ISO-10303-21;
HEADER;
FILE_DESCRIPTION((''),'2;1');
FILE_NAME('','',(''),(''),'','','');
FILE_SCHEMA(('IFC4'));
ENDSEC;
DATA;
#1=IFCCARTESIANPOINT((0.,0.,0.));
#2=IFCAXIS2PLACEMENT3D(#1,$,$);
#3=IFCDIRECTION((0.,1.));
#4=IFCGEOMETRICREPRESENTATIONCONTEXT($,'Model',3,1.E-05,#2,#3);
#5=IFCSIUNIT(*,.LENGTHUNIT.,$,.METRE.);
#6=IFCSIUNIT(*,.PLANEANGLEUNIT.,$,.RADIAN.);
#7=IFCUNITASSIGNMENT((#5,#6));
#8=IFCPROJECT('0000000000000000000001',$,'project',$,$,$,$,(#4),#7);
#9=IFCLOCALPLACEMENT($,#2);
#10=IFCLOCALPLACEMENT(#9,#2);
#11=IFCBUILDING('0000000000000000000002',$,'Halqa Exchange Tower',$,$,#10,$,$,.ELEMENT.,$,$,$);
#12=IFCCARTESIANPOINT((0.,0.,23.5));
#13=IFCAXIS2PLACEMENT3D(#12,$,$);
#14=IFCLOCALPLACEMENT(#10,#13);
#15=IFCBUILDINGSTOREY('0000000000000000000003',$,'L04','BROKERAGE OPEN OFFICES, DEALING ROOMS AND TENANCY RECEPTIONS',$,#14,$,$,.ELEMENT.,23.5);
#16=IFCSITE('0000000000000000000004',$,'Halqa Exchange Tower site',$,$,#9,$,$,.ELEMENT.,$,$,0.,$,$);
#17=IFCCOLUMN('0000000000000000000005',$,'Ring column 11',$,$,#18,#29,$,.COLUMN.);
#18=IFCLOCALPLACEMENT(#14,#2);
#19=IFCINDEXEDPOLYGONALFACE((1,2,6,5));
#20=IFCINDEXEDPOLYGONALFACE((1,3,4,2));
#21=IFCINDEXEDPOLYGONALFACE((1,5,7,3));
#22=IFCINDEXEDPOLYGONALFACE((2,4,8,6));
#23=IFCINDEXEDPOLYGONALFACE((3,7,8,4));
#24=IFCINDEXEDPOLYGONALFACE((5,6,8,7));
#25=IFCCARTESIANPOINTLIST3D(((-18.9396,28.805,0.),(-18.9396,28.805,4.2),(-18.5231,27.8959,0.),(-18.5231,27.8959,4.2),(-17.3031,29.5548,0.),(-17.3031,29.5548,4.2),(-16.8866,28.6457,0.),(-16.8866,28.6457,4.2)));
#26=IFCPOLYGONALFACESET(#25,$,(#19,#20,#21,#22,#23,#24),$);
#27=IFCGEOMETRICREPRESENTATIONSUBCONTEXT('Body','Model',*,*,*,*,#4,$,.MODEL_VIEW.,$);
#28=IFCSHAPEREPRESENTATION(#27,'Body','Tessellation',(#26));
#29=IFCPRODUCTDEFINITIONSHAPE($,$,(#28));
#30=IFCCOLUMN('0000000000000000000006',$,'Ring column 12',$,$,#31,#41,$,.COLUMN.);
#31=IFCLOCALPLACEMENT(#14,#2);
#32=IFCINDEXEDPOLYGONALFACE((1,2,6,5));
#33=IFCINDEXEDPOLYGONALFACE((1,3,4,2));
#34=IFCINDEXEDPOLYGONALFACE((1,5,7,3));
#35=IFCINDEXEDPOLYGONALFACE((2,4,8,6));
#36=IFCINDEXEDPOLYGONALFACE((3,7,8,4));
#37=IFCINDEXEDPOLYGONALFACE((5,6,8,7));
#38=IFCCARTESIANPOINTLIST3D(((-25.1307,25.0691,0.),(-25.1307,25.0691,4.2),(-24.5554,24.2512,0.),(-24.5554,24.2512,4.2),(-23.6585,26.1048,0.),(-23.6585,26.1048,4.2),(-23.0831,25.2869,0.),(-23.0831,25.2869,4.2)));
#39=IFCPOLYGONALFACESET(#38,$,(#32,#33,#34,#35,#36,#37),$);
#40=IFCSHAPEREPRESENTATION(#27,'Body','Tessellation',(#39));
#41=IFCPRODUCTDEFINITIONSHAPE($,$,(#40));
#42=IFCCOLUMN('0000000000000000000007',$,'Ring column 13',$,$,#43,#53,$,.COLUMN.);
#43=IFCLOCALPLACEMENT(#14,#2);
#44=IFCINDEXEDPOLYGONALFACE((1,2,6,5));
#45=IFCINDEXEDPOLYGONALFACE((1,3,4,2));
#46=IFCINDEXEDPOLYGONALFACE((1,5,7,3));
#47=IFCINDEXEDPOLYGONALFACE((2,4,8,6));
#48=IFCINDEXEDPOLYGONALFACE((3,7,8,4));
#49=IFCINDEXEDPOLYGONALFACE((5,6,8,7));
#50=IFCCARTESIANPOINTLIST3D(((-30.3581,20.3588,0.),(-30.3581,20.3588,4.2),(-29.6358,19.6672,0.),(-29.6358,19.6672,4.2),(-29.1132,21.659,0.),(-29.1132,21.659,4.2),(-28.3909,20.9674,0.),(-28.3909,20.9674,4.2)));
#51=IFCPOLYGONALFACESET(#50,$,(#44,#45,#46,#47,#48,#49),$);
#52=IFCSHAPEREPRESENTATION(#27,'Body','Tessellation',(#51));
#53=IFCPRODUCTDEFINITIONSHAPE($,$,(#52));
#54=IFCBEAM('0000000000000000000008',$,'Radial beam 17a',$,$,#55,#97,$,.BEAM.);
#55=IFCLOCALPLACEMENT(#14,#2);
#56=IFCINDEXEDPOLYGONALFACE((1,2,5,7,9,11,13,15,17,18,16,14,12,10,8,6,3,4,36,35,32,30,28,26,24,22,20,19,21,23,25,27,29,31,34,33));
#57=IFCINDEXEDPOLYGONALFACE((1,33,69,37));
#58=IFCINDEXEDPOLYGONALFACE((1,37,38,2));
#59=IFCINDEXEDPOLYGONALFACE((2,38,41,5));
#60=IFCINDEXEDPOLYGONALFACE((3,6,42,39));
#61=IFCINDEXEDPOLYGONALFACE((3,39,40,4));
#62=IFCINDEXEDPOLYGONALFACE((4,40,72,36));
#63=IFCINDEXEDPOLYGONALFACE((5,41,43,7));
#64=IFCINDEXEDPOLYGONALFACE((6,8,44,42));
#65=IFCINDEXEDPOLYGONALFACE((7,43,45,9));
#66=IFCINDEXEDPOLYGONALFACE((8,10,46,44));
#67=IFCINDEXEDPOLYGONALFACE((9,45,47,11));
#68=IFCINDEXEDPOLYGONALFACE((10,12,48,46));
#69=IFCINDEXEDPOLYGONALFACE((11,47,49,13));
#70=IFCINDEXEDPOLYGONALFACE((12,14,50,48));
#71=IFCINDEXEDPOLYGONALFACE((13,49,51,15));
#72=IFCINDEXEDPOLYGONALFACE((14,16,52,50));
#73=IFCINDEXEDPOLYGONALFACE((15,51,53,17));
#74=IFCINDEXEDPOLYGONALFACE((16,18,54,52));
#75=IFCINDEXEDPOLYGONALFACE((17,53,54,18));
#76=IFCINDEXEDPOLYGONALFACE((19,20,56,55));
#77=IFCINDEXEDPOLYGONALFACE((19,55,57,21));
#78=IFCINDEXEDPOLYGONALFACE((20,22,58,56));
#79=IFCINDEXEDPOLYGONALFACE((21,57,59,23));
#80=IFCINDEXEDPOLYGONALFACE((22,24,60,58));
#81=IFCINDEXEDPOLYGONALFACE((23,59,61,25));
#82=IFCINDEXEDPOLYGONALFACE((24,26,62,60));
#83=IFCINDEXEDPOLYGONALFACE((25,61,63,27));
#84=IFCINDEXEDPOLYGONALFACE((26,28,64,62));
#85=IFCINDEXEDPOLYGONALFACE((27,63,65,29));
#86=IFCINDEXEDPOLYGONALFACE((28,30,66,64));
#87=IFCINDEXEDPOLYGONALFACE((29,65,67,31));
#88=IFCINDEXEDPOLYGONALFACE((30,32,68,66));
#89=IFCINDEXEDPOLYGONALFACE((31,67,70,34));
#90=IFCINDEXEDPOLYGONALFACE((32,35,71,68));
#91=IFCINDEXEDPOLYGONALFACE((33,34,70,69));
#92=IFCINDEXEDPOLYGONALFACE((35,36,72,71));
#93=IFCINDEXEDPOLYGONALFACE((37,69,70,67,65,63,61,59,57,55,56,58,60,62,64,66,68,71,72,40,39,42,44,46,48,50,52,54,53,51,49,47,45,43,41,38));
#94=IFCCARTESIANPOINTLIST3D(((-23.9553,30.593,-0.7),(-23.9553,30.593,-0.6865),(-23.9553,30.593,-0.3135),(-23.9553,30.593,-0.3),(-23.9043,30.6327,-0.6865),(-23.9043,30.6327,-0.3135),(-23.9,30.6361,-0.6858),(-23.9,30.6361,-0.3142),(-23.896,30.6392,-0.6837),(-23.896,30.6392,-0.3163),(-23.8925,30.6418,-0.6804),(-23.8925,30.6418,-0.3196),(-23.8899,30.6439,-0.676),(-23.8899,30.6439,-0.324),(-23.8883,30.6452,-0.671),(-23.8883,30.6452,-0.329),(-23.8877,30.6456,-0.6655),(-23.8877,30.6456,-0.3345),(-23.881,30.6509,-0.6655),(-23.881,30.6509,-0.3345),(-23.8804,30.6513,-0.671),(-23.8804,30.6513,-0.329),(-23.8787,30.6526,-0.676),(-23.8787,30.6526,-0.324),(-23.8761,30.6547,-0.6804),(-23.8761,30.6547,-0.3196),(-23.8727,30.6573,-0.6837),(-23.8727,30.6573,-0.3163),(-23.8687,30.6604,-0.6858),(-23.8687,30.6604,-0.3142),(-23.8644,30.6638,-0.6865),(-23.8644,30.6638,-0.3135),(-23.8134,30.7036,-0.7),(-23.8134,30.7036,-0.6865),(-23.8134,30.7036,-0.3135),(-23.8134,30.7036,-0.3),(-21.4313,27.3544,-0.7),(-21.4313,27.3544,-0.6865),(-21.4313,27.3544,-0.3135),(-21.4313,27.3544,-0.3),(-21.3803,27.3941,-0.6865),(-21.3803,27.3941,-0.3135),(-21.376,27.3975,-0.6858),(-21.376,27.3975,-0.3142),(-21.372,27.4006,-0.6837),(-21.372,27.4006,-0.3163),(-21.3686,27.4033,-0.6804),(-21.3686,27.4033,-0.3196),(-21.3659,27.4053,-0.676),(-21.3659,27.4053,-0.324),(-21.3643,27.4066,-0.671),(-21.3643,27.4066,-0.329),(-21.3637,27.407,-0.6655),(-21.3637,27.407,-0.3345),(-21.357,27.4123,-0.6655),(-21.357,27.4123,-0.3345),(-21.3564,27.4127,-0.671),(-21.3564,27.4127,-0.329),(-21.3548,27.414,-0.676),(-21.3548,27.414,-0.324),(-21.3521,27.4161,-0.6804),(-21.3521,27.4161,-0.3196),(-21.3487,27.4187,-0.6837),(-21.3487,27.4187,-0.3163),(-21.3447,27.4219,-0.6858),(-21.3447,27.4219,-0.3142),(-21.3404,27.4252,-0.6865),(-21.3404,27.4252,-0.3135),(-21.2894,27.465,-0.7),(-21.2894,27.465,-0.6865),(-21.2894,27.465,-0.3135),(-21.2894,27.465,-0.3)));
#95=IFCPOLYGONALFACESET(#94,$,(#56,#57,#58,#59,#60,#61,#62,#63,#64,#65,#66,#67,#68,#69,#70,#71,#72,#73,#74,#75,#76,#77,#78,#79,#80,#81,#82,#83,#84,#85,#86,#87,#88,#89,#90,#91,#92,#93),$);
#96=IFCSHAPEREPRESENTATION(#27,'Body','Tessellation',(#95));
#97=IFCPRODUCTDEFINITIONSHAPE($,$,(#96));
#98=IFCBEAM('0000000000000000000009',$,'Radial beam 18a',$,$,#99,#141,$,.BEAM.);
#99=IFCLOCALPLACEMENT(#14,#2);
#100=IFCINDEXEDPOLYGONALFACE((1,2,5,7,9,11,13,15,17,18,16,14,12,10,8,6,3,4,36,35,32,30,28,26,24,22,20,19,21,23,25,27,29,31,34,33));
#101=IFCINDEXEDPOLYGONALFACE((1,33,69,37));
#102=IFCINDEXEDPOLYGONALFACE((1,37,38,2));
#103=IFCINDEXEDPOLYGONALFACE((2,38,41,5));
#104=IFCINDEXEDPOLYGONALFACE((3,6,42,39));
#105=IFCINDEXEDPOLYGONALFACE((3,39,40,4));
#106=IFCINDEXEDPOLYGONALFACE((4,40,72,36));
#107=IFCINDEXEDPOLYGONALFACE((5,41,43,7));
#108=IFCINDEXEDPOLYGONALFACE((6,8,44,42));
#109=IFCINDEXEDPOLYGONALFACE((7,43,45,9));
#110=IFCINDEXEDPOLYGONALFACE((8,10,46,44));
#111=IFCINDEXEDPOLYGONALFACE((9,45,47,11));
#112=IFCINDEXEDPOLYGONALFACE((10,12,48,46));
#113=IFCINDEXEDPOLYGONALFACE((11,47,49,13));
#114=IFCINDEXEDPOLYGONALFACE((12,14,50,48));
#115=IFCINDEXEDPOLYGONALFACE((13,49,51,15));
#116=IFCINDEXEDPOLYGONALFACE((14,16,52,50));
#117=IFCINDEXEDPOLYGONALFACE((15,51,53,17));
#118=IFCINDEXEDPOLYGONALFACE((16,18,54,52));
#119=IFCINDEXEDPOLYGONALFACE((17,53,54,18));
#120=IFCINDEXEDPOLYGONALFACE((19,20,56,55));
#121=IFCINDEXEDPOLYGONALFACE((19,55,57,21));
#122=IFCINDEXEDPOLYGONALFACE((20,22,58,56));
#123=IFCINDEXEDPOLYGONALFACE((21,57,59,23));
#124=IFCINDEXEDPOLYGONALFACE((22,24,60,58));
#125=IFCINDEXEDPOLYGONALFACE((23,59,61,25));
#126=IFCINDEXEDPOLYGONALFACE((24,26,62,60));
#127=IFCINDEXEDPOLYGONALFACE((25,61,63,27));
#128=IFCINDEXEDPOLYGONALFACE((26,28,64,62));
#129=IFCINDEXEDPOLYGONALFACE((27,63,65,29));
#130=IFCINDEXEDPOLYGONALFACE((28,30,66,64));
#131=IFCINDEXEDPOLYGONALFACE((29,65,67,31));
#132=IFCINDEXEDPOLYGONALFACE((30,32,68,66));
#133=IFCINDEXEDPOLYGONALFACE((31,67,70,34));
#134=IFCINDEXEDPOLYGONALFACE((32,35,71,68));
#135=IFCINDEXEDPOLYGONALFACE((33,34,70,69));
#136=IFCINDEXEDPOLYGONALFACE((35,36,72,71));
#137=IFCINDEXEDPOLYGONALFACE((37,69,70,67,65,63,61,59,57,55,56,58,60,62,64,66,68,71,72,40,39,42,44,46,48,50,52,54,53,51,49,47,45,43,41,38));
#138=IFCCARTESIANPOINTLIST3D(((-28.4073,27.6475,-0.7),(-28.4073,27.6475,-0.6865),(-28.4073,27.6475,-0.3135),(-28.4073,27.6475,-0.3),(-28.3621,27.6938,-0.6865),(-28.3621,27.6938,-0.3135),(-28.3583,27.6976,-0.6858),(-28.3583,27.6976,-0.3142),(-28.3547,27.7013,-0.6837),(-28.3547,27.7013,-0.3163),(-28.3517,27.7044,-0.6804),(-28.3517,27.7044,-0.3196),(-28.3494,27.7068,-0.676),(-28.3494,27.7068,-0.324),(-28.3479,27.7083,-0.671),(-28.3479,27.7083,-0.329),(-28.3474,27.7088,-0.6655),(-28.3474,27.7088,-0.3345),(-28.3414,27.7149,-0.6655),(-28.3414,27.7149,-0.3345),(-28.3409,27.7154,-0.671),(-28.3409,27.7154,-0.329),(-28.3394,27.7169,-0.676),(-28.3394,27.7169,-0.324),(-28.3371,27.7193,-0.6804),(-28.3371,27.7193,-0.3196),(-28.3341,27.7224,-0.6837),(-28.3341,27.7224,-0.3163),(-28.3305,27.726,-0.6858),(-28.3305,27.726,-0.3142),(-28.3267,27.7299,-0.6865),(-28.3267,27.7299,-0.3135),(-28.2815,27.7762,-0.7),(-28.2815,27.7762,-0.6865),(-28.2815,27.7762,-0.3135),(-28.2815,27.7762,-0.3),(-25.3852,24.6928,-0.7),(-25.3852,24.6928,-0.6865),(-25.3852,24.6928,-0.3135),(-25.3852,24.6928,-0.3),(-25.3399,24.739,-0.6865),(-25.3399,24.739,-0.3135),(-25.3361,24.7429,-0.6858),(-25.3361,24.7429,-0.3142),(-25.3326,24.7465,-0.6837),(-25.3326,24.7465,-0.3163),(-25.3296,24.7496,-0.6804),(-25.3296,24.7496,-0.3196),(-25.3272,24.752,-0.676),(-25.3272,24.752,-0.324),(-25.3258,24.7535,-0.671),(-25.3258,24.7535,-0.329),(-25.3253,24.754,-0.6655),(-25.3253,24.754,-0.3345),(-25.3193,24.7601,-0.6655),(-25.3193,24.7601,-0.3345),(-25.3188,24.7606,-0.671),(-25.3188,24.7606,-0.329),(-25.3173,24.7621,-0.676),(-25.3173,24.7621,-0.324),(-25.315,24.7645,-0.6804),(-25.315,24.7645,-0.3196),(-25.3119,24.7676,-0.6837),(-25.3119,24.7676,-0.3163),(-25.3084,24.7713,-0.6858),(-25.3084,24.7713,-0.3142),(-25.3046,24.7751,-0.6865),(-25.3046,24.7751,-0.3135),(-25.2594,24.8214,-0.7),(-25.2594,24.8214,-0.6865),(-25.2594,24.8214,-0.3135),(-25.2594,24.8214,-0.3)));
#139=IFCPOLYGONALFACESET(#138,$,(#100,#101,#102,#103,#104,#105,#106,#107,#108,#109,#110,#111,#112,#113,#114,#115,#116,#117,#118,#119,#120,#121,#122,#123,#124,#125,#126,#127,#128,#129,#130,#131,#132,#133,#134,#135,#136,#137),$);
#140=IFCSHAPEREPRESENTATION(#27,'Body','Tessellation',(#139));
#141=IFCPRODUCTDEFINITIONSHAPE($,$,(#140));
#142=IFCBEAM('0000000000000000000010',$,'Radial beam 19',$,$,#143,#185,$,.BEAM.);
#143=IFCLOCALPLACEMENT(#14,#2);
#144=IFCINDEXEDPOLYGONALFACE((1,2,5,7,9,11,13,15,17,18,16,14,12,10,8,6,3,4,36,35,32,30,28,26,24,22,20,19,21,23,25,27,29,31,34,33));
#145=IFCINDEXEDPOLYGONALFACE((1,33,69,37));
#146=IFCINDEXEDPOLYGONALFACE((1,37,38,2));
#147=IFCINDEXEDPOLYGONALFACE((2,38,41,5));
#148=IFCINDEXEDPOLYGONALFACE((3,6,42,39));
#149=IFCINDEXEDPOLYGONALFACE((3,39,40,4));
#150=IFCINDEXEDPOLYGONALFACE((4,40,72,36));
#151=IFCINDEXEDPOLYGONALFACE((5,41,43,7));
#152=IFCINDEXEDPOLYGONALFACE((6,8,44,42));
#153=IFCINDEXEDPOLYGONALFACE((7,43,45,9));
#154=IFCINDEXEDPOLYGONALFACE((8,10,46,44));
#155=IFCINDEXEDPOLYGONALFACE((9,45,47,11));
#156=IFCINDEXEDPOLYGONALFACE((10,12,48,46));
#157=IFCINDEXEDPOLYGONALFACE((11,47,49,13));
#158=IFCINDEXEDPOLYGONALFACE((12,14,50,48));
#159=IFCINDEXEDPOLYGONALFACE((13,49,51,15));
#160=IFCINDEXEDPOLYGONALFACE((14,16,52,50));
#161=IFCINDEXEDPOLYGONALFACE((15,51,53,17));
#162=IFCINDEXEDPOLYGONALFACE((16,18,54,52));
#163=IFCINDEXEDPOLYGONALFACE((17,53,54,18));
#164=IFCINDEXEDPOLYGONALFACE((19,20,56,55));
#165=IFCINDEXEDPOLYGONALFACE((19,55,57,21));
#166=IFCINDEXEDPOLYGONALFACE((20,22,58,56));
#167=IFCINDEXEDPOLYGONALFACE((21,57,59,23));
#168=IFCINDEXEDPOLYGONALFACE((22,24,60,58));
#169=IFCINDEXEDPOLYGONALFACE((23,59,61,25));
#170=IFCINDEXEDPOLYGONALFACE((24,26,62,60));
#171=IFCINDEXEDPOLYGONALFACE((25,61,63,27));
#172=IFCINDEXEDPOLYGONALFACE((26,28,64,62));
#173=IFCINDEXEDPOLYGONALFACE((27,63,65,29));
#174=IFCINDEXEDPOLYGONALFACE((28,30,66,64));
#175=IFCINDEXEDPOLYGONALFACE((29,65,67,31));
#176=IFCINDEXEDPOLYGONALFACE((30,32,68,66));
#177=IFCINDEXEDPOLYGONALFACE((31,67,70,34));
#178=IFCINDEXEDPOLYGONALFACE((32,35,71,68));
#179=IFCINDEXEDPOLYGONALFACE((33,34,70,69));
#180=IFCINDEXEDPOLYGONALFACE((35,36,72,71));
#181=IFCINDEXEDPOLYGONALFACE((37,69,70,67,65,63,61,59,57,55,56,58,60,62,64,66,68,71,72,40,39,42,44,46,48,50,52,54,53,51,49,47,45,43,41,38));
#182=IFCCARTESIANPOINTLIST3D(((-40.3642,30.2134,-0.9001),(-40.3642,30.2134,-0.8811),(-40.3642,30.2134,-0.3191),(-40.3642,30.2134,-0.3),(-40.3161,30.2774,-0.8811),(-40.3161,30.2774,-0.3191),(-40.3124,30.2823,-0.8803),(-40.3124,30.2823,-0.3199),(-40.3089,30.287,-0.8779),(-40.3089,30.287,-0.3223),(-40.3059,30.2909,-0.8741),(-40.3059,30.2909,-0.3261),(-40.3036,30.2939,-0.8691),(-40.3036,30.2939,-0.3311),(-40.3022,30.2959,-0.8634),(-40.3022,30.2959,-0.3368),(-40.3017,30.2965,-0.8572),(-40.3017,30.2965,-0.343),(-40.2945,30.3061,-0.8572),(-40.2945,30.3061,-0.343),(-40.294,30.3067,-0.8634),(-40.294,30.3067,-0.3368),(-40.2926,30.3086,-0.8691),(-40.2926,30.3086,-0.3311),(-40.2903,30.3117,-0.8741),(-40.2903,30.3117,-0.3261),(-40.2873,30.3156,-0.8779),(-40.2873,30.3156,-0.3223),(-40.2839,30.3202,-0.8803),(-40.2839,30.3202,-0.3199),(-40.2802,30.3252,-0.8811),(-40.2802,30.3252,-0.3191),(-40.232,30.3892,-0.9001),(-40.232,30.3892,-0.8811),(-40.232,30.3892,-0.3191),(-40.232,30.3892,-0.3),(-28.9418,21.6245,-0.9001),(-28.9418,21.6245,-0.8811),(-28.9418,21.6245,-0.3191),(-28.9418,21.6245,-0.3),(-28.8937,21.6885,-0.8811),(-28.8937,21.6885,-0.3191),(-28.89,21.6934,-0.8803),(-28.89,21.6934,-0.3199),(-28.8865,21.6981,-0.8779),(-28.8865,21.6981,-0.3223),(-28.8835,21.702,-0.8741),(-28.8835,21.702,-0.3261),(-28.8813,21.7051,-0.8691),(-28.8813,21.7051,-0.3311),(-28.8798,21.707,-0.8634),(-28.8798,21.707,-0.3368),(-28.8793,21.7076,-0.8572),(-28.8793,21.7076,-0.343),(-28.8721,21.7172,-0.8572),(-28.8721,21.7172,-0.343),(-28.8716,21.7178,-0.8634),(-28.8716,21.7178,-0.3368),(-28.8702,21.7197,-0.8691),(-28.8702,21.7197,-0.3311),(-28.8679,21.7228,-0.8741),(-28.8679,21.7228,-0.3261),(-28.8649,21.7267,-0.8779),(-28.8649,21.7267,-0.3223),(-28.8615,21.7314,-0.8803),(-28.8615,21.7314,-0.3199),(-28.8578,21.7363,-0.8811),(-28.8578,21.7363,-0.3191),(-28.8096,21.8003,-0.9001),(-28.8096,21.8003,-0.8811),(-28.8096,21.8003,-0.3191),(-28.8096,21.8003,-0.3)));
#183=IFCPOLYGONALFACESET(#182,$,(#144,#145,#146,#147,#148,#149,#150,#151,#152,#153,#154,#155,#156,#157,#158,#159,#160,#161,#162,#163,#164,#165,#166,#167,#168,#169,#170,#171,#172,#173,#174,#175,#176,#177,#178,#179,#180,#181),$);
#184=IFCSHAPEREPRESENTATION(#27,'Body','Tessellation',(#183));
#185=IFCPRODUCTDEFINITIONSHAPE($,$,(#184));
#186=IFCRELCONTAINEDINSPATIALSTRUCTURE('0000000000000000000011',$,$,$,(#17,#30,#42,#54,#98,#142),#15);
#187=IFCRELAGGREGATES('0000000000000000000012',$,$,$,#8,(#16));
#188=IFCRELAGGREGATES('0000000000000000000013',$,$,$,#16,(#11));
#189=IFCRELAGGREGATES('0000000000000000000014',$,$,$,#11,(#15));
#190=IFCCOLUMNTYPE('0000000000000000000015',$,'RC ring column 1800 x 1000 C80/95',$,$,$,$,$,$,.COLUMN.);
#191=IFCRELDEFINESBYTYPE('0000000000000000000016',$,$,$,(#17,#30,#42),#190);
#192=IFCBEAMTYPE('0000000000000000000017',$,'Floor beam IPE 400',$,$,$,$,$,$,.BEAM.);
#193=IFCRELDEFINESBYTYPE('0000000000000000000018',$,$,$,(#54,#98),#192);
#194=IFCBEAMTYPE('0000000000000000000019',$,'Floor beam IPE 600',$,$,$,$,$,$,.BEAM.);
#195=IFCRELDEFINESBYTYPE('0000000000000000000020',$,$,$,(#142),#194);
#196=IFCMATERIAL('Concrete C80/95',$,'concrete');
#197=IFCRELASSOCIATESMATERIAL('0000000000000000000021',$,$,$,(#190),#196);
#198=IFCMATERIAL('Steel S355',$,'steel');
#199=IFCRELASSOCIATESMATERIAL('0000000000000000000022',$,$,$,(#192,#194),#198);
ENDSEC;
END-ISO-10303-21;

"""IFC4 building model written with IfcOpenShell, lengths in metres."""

from ifc_helpers import new_model, si_unit, direction, frame, origin, origin_2d, place, context, subcontext, project, spatial, rectangle, i_section, extrude, material, material_profile, profile_set, type_object, element, save


model = new_model("IFC4")

# Units and contexts
model_context = context("Model", 3, precision=1e-05, world=origin(), true_north=direction((0.0, 1.0)))
body_context = subcontext(model_context, "Body", "Model", "MODEL_VIEW")
ifc_project = project(units=[si_unit("LENGTHUNIT", "METRE"), si_unit("PLANEANGLEUNIT", "RADIAN")], contexts=[model_context])

# Site, building, storey
site_placement = place(None, origin())
site = spatial("IfcSite", under=ifc_project, at=site_placement, Name="Halqa Exchange Tower site", CompositionType="ELEMENT", RefElevation=0.0)
building_placement = place(site_placement, origin())
building = spatial("IfcBuilding", under=site, at=building_placement, Name="Halqa Exchange Tower", CompositionType="ELEMENT")
storey_placement = place(building_placement, frame((0.0, 0.0, 23.5)))
storey = spatial("IfcBuildingStorey", under=building, at=storey_placement, Name="L04", Description="BROKERAGE OPEN OFFICES, DEALING ROOMS AND TENANCY RECEPTIONS", CompositionType="ELEMENT", Elevation=23.5)

# Columns
ifc_material_1 = material(Name="Concrete C80/95", Category="concrete")
ifc_material_profile_1 = material_profile(ifc_material_1, rectangle(XDim=1.8, YDim=1.0, at=origin_2d()), Name="1800 x 1000")
ifc_profile_set_1 = profile_set([ifc_material_profile_1], Name="Concrete C80/95")
column_type = type_object("IfcColumnType", Name="RC ring column 1800 x 1000 C80/95", PredefinedType="COLUMN", material=ifc_profile_set_1)
for number, where, z_axis, x_axis, name in (
    (1, (-17.9131, 28.7253, 0.0), (0.0, 0.0, 1.0), (-0.909126, -0.416522, 0.0), "Ring column 11"),
    (2, (-24.1069, 25.178, 0.0), (0.0, 0.0, 1.0), (-0.817909, -0.575348, 0.0), "Ring column 12"),
    (3, (-29.3745, 20.6631, 0.0), (0.0, 0.0, 1.0), (-0.691581, -0.722299, 0.0), "Ring column 13"),
):
    element("IfcColumn", number, at=place(storey_placement, frame(where, z_axis=z_axis, x_axis=x_axis)), inside=storey, type_object=column_type, Name=name, PredefinedType="COLUMN", context=body_context, shape_type="SweptSolid", body=[
        extrude(rectangle(XDim=1.8, YDim=1.0, at=origin_2d()), origin(), (0.0, 0.0, 1.0), 4.2),
    ])

# Beams
ifc_material_2 = material(Name="Steel S355", Category="steel")
ifc_material_profile_2 = material_profile(ifc_material_2, i_section(OverallWidth=0.1799, OverallDepth=0.3999, WebThickness=0.0085, FlangeThickness=0.0134, FilletRadius=0.021, at=origin_2d()), Name="IPE 400")
ifc_profile_set_2 = profile_set([ifc_material_profile_2], Name="Steel S355")
beam_type_1 = type_object("IfcBeamType", Name="Floor beam IPE 400", PredefinedType="BEAM", material=ifc_profile_set_2)
beam_1_placement = place(storey_placement, frame((-21.3604, 27.4097, -0.5), z_axis=(-0.61471, 0.788753, 0.0), x_axis=(-0.788753, -0.61471, 0.0)))
element("IfcBeam", 4, at=beam_1_placement, inside=storey, type_object=beam_type_1, Name="Radial beam 17a", PredefinedType="BEAM", context=body_context, shape_type="SweptSolid", body=[
    extrude(i_section(OverallWidth=0.1799, OverallDepth=0.3999, WebThickness=0.0085, FlangeThickness=0.0134, FilletRadius=0.021, at=origin_2d()), origin(), (0.0, 0.0, 1.0), 4.106),
])
beam_2_placement = place(storey_placement, frame((-25.3223, 24.7571, -0.5), z_axis=(-0.715033, 0.699091, 0.0), x_axis=(-0.699091, -0.715033, 0.0)))
element("IfcBeam", 5, at=beam_2_placement, inside=storey, type_object=beam_type_1, Name="Radial beam 18a", PredefinedType="BEAM", context=body_context, shape_type="SweptSolid", body=[
    extrude(i_section(OverallWidth=0.1799, OverallDepth=0.3999, WebThickness=0.0085, FlangeThickness=0.0134, FilletRadius=0.021, at=origin_2d()), origin(), (0.0, 0.0, 1.0), 4.2266),
])
ifc_material_profile_3 = material_profile(ifc_material_2, i_section(OverallWidth=0.22, OverallDepth=0.6001, WebThickness=0.012, FlangeThickness=0.019, FilletRadius=0.0239, at=origin_2d()), Name="IPE 600")
ifc_profile_set_3 = profile_set([ifc_material_profile_3], Name="Steel S355")
beam_type_2 = type_object("IfcBeamType", Name="Floor beam IPE 600", PredefinedType="BEAM", material=ifc_profile_set_3)
beam_3_placement = place(storey_placement, frame((-28.8757, 21.7124, -0.6001), z_axis=(-0.799257, 0.600989, 0.0), x_axis=(-0.600989, -0.799257, 0.0)))
element("IfcBeam", 6, at=beam_3_placement, inside=storey, type_object=beam_type_2, Name="Radial beam 19", PredefinedType="BEAM", context=body_context, shape_type="SweptSolid", body=[
    extrude(i_section(OverallWidth=0.22, OverallDepth=0.6001, WebThickness=0.012, FlangeThickness=0.019, FilletRadius=0.0239, at=origin_2d()), origin(), (0.0, 0.0, 1.0), 14.2913),
])

save(model, "model.ifc")
